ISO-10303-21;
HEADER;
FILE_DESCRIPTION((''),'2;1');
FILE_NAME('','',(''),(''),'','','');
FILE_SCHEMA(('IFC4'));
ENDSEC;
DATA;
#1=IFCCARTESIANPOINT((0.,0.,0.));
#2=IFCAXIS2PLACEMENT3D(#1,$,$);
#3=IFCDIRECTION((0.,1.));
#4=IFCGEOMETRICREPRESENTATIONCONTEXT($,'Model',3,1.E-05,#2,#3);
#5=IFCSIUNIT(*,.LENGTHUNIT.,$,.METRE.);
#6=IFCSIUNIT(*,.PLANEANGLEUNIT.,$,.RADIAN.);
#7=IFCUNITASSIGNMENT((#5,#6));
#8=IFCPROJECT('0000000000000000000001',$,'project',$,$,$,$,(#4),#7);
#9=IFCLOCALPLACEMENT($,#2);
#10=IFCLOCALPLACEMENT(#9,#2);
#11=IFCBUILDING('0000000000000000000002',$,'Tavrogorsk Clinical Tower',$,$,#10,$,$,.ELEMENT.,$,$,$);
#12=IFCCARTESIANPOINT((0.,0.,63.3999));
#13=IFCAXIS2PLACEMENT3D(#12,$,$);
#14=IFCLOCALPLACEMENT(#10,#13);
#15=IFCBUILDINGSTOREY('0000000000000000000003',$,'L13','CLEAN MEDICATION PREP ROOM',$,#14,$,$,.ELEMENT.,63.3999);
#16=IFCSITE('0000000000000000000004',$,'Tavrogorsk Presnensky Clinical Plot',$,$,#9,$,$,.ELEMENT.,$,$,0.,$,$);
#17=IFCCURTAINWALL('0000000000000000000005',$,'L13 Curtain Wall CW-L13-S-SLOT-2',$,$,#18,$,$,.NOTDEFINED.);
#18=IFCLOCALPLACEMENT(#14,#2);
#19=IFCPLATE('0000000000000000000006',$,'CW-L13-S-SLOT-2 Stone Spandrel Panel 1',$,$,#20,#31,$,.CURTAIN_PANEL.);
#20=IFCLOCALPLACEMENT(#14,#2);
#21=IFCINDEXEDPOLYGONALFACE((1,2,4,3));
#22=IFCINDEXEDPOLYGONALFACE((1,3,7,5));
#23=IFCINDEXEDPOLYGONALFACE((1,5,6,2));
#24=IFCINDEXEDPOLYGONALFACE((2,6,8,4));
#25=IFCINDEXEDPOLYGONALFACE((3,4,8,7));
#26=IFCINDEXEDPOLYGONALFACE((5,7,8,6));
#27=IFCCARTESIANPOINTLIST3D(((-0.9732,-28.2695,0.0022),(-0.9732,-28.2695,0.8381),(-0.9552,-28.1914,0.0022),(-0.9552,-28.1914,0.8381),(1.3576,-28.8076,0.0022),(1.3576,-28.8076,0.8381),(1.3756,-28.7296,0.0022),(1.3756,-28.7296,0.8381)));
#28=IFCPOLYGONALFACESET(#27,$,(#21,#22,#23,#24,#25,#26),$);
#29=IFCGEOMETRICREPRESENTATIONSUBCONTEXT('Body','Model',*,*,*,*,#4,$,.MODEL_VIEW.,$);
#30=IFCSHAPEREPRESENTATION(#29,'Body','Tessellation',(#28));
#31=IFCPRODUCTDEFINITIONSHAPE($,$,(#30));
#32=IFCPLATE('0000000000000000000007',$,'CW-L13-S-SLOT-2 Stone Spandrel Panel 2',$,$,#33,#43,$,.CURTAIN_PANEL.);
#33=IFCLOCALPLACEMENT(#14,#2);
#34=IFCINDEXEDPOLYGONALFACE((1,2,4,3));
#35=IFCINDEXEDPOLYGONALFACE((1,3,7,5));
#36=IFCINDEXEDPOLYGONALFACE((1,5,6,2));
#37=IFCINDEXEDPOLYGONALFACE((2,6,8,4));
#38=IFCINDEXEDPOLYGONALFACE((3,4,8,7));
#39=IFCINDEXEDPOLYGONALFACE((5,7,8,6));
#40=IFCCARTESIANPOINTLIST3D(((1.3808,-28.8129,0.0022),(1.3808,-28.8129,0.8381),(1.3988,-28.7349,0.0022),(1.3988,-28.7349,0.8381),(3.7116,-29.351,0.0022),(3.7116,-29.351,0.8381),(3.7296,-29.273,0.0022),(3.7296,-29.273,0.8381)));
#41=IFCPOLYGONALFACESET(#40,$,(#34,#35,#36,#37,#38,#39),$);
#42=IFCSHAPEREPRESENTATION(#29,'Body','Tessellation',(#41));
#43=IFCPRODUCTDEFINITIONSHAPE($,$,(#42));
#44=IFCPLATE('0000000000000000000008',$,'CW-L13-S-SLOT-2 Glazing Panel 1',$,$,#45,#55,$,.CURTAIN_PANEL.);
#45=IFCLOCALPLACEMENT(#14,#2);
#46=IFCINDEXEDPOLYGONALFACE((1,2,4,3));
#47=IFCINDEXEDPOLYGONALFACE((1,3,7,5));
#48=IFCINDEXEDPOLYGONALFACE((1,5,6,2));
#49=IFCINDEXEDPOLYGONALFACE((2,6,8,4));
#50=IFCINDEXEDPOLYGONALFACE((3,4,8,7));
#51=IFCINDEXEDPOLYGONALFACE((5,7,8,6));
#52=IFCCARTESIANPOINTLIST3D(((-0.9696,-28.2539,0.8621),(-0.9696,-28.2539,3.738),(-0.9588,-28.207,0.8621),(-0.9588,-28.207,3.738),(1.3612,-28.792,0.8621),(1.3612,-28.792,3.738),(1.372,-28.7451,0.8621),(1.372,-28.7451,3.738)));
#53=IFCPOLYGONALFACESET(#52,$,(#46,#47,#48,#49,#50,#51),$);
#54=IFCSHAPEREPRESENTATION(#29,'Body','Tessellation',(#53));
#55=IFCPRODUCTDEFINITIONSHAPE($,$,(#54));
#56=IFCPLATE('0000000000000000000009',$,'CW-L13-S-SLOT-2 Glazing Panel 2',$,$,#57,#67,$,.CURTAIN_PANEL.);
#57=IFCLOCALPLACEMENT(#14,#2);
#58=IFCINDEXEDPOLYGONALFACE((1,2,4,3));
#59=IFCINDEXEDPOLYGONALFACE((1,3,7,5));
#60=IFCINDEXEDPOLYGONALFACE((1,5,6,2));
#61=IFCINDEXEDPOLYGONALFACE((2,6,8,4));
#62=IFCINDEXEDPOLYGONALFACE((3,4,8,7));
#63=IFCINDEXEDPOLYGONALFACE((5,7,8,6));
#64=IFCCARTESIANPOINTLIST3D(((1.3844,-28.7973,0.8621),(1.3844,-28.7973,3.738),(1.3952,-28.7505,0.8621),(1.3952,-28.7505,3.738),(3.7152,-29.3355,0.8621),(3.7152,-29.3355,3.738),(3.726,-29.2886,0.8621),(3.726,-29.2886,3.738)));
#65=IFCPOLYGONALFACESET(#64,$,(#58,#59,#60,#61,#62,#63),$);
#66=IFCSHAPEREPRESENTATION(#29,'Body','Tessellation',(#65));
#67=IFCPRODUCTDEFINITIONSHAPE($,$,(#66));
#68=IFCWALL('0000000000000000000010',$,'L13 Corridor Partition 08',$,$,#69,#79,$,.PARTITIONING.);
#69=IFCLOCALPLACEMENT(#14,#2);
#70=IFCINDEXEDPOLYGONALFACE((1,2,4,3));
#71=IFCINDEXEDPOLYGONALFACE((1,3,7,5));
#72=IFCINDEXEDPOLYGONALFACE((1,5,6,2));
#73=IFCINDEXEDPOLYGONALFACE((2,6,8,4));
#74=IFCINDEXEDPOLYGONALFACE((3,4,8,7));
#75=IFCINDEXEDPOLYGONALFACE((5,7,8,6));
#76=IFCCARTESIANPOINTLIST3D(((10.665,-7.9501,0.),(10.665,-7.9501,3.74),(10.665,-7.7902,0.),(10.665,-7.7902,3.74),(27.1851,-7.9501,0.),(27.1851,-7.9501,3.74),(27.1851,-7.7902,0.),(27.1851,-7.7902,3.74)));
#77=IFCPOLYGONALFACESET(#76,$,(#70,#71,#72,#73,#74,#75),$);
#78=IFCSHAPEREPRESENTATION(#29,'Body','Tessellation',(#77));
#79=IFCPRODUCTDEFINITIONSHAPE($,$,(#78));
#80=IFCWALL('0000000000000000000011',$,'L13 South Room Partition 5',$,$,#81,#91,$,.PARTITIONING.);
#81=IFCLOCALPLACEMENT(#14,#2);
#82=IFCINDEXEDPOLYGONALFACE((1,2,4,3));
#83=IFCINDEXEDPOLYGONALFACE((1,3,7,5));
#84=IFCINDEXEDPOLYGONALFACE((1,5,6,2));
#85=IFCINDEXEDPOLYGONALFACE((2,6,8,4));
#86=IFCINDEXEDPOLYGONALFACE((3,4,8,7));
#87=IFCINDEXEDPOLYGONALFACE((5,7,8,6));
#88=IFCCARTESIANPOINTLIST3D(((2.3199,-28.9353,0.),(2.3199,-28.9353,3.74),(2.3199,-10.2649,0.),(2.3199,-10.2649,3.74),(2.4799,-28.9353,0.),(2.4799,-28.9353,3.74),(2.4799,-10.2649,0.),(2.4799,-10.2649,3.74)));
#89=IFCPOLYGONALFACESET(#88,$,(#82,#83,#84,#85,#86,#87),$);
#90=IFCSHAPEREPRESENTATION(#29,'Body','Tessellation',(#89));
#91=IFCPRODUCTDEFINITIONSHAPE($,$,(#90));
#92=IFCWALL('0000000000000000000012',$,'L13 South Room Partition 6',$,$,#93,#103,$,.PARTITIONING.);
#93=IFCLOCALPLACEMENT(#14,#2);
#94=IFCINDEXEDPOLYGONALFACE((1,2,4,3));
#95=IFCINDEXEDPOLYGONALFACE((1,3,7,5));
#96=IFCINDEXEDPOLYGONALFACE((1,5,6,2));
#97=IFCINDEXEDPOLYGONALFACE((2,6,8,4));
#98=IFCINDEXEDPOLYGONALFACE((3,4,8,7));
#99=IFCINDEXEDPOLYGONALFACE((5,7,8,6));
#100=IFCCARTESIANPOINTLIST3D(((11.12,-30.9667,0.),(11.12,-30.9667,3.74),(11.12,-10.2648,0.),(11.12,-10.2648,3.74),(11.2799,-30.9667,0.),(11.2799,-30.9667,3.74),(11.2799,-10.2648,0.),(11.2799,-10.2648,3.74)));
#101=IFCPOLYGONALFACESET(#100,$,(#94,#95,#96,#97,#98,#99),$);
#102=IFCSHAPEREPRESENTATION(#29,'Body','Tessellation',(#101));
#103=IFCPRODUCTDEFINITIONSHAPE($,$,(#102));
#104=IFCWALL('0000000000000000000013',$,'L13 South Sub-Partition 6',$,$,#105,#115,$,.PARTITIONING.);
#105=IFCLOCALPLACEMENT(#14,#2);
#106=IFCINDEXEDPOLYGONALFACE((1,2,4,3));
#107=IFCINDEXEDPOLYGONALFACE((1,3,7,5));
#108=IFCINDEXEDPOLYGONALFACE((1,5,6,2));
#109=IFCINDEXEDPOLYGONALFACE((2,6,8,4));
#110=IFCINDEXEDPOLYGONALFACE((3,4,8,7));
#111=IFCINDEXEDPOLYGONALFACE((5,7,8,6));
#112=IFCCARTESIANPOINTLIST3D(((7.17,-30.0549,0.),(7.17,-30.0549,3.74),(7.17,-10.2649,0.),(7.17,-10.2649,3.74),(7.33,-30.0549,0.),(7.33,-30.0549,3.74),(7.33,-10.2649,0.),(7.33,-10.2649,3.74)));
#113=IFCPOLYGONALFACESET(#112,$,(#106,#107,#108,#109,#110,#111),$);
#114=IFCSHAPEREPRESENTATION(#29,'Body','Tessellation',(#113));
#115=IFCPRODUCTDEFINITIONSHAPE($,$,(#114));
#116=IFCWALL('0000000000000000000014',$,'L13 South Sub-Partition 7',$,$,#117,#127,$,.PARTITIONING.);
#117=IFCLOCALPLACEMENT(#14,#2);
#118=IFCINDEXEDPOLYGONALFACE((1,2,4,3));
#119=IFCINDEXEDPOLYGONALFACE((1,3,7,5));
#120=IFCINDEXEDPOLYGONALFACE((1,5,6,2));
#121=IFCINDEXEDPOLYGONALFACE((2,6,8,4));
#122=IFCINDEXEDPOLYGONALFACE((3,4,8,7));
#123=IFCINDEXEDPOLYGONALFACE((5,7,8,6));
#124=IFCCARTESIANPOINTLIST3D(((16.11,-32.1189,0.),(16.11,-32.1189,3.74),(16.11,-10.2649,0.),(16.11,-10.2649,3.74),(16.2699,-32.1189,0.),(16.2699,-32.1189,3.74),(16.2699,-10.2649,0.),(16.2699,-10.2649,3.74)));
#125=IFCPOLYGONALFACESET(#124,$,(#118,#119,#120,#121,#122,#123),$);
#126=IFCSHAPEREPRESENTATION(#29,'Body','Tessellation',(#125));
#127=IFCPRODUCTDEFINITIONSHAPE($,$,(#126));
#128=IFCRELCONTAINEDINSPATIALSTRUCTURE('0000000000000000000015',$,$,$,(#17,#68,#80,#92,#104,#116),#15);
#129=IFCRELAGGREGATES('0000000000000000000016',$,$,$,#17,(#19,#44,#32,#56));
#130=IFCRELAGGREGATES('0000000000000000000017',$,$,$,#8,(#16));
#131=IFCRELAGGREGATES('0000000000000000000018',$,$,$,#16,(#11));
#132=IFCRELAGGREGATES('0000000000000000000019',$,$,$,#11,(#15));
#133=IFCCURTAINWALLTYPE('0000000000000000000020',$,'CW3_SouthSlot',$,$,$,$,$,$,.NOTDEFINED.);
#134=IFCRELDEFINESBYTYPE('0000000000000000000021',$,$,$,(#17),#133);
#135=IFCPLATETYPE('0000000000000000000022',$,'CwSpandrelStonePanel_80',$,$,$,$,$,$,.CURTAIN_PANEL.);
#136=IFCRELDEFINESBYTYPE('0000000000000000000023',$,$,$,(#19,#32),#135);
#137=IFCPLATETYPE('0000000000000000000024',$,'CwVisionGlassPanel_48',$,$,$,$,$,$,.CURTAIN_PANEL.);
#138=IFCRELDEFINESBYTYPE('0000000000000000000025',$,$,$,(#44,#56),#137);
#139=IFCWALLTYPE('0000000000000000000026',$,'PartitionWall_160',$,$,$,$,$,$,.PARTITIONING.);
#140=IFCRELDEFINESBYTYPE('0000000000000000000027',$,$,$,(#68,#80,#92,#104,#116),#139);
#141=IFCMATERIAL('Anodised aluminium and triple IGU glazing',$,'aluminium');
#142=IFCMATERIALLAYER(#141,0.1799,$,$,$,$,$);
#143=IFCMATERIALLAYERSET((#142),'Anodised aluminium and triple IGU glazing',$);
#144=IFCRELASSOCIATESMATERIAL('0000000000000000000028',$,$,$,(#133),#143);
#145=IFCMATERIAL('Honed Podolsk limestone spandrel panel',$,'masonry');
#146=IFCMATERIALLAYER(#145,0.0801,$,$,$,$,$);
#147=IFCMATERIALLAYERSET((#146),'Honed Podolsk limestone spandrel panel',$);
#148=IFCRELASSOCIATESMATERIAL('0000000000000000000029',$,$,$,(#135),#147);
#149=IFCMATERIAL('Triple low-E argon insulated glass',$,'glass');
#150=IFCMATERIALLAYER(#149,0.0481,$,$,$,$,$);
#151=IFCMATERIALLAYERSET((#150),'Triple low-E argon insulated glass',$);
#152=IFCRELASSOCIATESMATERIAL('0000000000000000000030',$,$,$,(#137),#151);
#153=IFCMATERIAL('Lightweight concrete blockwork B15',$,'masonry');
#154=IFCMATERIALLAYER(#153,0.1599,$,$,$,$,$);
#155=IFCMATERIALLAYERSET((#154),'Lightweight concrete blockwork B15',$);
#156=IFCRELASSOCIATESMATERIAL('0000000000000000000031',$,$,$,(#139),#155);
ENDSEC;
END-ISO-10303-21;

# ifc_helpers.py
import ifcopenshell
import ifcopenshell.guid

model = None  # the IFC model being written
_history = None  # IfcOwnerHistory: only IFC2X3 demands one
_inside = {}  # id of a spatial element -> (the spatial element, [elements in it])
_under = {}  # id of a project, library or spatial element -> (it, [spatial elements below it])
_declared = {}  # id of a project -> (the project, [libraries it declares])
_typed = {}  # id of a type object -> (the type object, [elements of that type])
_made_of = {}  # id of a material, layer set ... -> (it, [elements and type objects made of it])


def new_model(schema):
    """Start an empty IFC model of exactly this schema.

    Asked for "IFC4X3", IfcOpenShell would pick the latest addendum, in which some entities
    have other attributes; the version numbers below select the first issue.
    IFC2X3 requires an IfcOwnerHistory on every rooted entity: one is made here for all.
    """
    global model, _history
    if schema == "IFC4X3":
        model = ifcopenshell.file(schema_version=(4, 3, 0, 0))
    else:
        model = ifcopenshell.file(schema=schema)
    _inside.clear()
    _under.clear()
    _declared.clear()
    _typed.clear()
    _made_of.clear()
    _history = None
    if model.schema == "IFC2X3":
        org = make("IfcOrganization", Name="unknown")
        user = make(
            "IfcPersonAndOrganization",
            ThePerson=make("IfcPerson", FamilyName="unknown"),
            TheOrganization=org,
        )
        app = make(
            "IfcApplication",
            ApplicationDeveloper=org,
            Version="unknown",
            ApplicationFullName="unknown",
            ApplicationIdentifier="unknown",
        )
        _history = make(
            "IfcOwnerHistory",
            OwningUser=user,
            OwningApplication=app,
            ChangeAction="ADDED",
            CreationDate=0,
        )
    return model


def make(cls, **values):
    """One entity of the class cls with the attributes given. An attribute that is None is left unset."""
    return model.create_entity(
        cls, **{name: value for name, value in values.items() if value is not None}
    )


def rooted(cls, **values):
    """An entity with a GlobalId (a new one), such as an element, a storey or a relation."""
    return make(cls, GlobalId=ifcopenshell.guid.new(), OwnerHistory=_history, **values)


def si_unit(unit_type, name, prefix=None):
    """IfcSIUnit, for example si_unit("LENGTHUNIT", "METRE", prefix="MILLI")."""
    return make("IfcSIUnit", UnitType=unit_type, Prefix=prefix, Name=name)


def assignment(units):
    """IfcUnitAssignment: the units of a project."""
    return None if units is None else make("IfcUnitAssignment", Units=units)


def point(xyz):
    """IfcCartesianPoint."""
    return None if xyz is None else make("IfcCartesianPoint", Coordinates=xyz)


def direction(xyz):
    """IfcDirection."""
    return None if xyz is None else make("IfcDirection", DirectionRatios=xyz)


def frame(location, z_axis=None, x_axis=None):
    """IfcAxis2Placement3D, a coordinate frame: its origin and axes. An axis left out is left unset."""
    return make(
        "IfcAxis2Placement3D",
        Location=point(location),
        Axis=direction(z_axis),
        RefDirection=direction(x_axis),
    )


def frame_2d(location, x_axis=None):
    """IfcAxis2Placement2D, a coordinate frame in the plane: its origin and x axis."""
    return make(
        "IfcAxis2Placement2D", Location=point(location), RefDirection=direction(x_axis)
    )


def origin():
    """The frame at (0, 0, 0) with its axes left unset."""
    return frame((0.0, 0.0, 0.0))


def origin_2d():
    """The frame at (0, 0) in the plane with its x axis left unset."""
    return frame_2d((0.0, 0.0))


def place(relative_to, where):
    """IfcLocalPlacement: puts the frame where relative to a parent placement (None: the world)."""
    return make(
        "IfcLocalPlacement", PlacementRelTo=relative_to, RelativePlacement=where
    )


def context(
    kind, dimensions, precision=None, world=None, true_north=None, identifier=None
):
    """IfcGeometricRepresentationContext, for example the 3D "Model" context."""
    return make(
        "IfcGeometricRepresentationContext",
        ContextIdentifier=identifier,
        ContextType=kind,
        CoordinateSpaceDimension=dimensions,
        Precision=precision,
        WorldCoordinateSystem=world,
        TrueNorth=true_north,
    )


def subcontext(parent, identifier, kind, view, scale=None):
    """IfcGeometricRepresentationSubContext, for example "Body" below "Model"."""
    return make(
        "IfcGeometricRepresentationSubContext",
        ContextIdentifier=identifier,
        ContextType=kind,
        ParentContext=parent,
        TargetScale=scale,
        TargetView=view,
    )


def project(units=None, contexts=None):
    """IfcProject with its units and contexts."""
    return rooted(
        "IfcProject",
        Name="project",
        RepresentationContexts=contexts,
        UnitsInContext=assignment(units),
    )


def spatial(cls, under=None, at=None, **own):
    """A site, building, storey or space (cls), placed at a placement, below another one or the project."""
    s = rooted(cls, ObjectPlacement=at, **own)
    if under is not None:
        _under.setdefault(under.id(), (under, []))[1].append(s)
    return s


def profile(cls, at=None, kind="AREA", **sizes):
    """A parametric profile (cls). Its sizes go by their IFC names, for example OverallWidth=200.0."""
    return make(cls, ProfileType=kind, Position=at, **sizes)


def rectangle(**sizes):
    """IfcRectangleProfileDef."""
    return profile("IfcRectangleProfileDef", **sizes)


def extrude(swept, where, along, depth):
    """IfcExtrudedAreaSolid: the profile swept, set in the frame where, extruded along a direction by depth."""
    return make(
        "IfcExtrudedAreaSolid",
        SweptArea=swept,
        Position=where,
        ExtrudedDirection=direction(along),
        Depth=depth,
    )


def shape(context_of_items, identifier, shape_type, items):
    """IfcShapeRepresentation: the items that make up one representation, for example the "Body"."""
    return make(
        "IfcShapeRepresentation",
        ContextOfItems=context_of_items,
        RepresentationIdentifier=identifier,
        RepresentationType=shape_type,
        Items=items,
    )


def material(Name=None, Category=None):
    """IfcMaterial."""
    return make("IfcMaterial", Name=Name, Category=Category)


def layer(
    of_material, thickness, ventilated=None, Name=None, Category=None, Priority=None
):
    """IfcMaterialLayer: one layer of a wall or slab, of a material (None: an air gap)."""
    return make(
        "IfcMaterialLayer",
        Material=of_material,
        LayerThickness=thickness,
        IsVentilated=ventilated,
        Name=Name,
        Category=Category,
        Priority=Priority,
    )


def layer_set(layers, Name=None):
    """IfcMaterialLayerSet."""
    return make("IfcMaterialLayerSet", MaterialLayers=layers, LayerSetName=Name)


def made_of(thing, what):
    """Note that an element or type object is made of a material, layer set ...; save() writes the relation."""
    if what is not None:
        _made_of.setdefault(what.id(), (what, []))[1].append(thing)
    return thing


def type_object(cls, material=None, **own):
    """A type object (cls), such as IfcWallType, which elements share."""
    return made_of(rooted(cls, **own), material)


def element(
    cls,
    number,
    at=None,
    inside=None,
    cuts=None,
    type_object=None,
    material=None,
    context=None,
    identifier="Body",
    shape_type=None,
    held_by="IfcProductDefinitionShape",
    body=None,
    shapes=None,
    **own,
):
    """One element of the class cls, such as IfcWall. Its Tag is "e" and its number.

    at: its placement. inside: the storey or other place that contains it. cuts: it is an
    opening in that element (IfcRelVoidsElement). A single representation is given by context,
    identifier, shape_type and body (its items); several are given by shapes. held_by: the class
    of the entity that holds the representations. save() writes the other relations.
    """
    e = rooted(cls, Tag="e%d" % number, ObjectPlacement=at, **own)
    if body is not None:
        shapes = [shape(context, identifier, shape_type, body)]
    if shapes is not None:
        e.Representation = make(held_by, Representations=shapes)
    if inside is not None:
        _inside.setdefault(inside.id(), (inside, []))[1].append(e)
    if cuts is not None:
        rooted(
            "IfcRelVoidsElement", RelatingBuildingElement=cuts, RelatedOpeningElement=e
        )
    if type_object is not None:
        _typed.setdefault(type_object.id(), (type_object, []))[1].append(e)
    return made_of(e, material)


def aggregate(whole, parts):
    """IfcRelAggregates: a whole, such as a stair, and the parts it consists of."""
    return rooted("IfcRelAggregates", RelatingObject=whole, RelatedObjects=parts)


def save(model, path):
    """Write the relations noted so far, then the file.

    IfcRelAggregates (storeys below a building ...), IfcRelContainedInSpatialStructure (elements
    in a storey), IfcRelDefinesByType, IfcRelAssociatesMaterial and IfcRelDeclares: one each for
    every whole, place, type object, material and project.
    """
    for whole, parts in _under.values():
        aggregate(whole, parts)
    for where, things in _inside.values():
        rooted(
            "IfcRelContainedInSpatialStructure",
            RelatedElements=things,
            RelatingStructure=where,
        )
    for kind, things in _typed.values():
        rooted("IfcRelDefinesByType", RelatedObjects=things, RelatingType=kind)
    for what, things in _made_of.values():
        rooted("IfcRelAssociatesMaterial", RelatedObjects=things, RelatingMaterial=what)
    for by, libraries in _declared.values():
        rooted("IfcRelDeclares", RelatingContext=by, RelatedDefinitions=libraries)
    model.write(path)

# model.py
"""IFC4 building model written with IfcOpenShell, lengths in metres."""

from ifc_helpers import new_model, si_unit, direction, frame, frame_2d, origin, origin_2d, place, context, subcontext, project, spatial, rectangle, extrude, material, layer, layer_set, type_object, element, aggregate, save


model = new_model("IFC4")

# Units and contexts
model_context = context("Model", 3, precision=1e-05, world=origin(), true_north=direction((0.0, 1.0)))
body_context = subcontext(model_context, "Body", "Model", "MODEL_VIEW")
ifc_project = project(units=[si_unit("LENGTHUNIT", "METRE"), si_unit("PLANEANGLEUNIT", "RADIAN")], contexts=[model_context])

# Site, building, storey
site_placement = place(None, origin())
site = spatial("IfcSite", under=ifc_project, at=site_placement, Name="Tavrogorsk Presnensky Clinical Plot", CompositionType="ELEMENT", RefElevation=0.0)
building_placement = place(site_placement, origin())
building = spatial("IfcBuilding", under=site, at=building_placement, Name="Tavrogorsk Clinical Tower", CompositionType="ELEMENT")
storey_placement = place(building_placement, frame((0.0, 0.0, 63.3999)))
storey = spatial("IfcBuildingStorey", under=building, at=storey_placement, Name="L13", Description="CLEAN MEDICATION PREP ROOM", CompositionType="ELEMENT", Elevation=63.3999)

# Curtain wall
ifc_material_1 = material(Name="Anodised aluminium and triple IGU glazing", Category="aluminium")
ifc_layer_1 = layer(ifc_material_1, 0.1799)
ifc_layer_set_1 = layer_set([ifc_layer_1], Name="Anodised aluminium and triple IGU glazing")
curtain_wall_type = type_object("IfcCurtainWallType", Name="CW3_SouthSlot", PredefinedType="NOTDEFINED", material=ifc_layer_set_1)
curtain_wall_placement = place(storey_placement, origin())
curtain_wall = element("IfcCurtainWall", 1, at=curtain_wall_placement, inside=storey, type_object=curtain_wall_type, Name="L13 Curtain Wall CW-L13-S-SLOT-2", PredefinedType="NOTDEFINED")

# Plates
ifc_material_2 = material(Name="Honed Podolsk limestone spandrel panel", Category="masonry")
ifc_layer_2 = layer(ifc_material_2, 0.0801)
ifc_layer_set_2 = layer_set([ifc_layer_2], Name="Honed Podolsk limestone spandrel panel")
plate_type_1 = type_object("IfcPlateType", Name="CwSpandrelStonePanel_80", PredefinedType="CURTAIN_PANEL", material=ifc_layer_set_2)
plate_1_placement = place(storey_placement, frame((0.2012, -28.4995, 0.0022), z_axis=(0.0, 0.0, 1.0), x_axis=(0.97437, -0.224951, 0.0)))
plate_1 = element("IfcPlate", 2, at=plate_1_placement, type_object=plate_type_1, Name="CW-L13-S-SLOT-2 Stone Spandrel Panel 1", PredefinedType="CURTAIN_PANEL", context=body_context, shape_type="SweptSolid", body=[
    extrude(rectangle(XDim=2.3921, YDim=0.0801, at=origin_2d()), origin(), (0.0, 0.0, 1.0), 0.8359),
])
plate_2_placement = place(storey_placement, frame((2.5552, -29.043, 0.0022), z_axis=(0.0, 0.0, 1.0), x_axis=(0.97437, -0.224951, 0.0)))
plate_2 = element("IfcPlate", 3, at=plate_2_placement, type_object=plate_type_1, Name="CW-L13-S-SLOT-2 Stone Spandrel Panel 2", PredefinedType="CURTAIN_PANEL", context=body_context, shape_type="SweptSolid", body=[
    extrude(rectangle(XDim=2.3921, YDim=0.0801, at=origin_2d()), origin(), (0.0, 0.0, 1.0), 0.8359),
])
ifc_material_3 = material(Name="Triple low-E argon insulated glass", Category="glass")
ifc_layer_3 = layer(ifc_material_3, 0.0481)
ifc_layer_set_3 = layer_set([ifc_layer_3], Name="Triple low-E argon insulated glass")
plate_type_2 = type_object("IfcPlateType", Name="CwVisionGlassPanel_48", PredefinedType="CURTAIN_PANEL", material=ifc_layer_set_3)
plate_3_placement = place(storey_placement, frame((0.2012, -28.4995, 0.8621), z_axis=(0.0, 0.0, 1.0), x_axis=(0.97437, -0.224951, 0.0)))
plate_3 = element("IfcPlate", 4, at=plate_3_placement, type_object=plate_type_2, Name="CW-L13-S-SLOT-2 Glazing Panel 1", PredefinedType="CURTAIN_PANEL", context=body_context, shape_type="SweptSolid", body=[
    extrude(rectangle(XDim=2.3921, YDim=0.0481, at=origin_2d()), origin(), (0.0, 0.0, 1.0), 2.876),
])
plate_4_placement = place(storey_placement, frame((2.5552, -29.043, 0.8621), z_axis=(0.0, 0.0, 1.0), x_axis=(0.97437, -0.224951, 0.0)))
plate_4 = element("IfcPlate", 5, at=plate_4_placement, type_object=plate_type_2, Name="CW-L13-S-SLOT-2 Glazing Panel 2", PredefinedType="CURTAIN_PANEL", context=body_context, shape_type="SweptSolid", body=[
    extrude(rectangle(XDim=2.3921, YDim=0.0481, at=origin_2d()), origin(), (0.0, 0.0, 1.0), 2.876),
])
aggregate(curtain_wall, [plate_1, plate_3, plate_2, plate_4])

# Walls
ifc_material_4 = material(Name="Lightweight concrete blockwork B15", Category="masonry")
ifc_layer_4 = layer(ifc_material_4, 0.1599)
ifc_layer_set_4 = layer_set([ifc_layer_4], Name="Lightweight concrete blockwork B15")
wall_type_1 = type_object("IfcWallType", Name="PartitionWall_160", PredefinedType="PARTITIONING", material=ifc_layer_set_4)
wall_1_placement = place(storey_placement, frame((10.665, -7.8701, 0.0), z_axis=(0.0, 0.0, 1.0), x_axis=(1.0, 0.0, 0.0)))
element("IfcWall", 6, at=wall_1_placement, inside=storey, type_object=wall_type_1, Name="L13 Corridor Partition 08", PredefinedType="PARTITIONING", context=body_context, shape_type="SweptSolid", body=[
    extrude(rectangle(XDim=16.52, YDim=0.1599, at=frame_2d((8.26, 0.0))), origin(), (0.0, 0.0, 1.0), 3.74),
])
wall_2_placement = place(storey_placement, frame((2.3999, -28.9353, 0.0), z_axis=(0.0, 0.0, 1.0), x_axis=(0.0, 1.0, 0.0)))
element("IfcWall", 7, at=wall_2_placement, inside=storey, type_object=wall_type_1, Name="L13 South Room Partition 5", PredefinedType="PARTITIONING", context=body_context, shape_type="SweptSolid", body=[
    extrude(rectangle(XDim=18.6704, YDim=0.1599, at=frame_2d((9.3352, 0.0))), origin(), (0.0, 0.0, 1.0), 3.74),
])
wall_3_placement = place(storey_placement, frame((11.2, -30.9668, 0.0), z_axis=(0.0, 0.0, 1.0), x_axis=(0.0, 1.0, 0.0)))
element("IfcWall", 8, at=wall_3_placement, inside=storey, type_object=wall_type_1, Name="L13 South Room Partition 6", PredefinedType="PARTITIONING", context=body_context, shape_type="SweptSolid", body=[
    extrude(rectangle(XDim=20.7019, YDim=0.1599, at=frame_2d((10.3511, 0.0))), origin(), (0.0, 0.0, 1.0), 3.74),
])
wall_4_placement = place(storey_placement, frame((7.25, -30.0549, 0.0), z_axis=(0.0, 0.0, 1.0), x_axis=(0.0, 1.0, 0.0)))
element("IfcWall", 9, at=wall_4_placement, inside=storey, type_object=wall_type_1, Name="L13 South Sub-Partition 6", PredefinedType="PARTITIONING", context=body_context, shape_type="SweptSolid", body=[
    extrude(rectangle(XDim=19.79, YDim=0.1599, at=frame_2d((9.895, 0.0))), origin(), (0.0, 0.0, 1.0), 3.74),
])
wall_5_placement = place(storey_placement, frame((16.1899, -32.1189, 0.0), z_axis=(0.0, 0.0, 1.0), x_axis=(0.0, 1.0, 0.0)))
element("IfcWall", 10, at=wall_5_placement, inside=storey, type_object=wall_type_1, Name="L13 South Sub-Partition 7", PredefinedType="PARTITIONING", context=body_context, shape_type="SweptSolid", body=[
    extrude(rectangle(XDim=21.854, YDim=0.1599, at=frame_2d((10.927, 0.0))), origin(), (0.0, 0.0, 1.0), 3.74),
])

save(model, "model.ifc")
